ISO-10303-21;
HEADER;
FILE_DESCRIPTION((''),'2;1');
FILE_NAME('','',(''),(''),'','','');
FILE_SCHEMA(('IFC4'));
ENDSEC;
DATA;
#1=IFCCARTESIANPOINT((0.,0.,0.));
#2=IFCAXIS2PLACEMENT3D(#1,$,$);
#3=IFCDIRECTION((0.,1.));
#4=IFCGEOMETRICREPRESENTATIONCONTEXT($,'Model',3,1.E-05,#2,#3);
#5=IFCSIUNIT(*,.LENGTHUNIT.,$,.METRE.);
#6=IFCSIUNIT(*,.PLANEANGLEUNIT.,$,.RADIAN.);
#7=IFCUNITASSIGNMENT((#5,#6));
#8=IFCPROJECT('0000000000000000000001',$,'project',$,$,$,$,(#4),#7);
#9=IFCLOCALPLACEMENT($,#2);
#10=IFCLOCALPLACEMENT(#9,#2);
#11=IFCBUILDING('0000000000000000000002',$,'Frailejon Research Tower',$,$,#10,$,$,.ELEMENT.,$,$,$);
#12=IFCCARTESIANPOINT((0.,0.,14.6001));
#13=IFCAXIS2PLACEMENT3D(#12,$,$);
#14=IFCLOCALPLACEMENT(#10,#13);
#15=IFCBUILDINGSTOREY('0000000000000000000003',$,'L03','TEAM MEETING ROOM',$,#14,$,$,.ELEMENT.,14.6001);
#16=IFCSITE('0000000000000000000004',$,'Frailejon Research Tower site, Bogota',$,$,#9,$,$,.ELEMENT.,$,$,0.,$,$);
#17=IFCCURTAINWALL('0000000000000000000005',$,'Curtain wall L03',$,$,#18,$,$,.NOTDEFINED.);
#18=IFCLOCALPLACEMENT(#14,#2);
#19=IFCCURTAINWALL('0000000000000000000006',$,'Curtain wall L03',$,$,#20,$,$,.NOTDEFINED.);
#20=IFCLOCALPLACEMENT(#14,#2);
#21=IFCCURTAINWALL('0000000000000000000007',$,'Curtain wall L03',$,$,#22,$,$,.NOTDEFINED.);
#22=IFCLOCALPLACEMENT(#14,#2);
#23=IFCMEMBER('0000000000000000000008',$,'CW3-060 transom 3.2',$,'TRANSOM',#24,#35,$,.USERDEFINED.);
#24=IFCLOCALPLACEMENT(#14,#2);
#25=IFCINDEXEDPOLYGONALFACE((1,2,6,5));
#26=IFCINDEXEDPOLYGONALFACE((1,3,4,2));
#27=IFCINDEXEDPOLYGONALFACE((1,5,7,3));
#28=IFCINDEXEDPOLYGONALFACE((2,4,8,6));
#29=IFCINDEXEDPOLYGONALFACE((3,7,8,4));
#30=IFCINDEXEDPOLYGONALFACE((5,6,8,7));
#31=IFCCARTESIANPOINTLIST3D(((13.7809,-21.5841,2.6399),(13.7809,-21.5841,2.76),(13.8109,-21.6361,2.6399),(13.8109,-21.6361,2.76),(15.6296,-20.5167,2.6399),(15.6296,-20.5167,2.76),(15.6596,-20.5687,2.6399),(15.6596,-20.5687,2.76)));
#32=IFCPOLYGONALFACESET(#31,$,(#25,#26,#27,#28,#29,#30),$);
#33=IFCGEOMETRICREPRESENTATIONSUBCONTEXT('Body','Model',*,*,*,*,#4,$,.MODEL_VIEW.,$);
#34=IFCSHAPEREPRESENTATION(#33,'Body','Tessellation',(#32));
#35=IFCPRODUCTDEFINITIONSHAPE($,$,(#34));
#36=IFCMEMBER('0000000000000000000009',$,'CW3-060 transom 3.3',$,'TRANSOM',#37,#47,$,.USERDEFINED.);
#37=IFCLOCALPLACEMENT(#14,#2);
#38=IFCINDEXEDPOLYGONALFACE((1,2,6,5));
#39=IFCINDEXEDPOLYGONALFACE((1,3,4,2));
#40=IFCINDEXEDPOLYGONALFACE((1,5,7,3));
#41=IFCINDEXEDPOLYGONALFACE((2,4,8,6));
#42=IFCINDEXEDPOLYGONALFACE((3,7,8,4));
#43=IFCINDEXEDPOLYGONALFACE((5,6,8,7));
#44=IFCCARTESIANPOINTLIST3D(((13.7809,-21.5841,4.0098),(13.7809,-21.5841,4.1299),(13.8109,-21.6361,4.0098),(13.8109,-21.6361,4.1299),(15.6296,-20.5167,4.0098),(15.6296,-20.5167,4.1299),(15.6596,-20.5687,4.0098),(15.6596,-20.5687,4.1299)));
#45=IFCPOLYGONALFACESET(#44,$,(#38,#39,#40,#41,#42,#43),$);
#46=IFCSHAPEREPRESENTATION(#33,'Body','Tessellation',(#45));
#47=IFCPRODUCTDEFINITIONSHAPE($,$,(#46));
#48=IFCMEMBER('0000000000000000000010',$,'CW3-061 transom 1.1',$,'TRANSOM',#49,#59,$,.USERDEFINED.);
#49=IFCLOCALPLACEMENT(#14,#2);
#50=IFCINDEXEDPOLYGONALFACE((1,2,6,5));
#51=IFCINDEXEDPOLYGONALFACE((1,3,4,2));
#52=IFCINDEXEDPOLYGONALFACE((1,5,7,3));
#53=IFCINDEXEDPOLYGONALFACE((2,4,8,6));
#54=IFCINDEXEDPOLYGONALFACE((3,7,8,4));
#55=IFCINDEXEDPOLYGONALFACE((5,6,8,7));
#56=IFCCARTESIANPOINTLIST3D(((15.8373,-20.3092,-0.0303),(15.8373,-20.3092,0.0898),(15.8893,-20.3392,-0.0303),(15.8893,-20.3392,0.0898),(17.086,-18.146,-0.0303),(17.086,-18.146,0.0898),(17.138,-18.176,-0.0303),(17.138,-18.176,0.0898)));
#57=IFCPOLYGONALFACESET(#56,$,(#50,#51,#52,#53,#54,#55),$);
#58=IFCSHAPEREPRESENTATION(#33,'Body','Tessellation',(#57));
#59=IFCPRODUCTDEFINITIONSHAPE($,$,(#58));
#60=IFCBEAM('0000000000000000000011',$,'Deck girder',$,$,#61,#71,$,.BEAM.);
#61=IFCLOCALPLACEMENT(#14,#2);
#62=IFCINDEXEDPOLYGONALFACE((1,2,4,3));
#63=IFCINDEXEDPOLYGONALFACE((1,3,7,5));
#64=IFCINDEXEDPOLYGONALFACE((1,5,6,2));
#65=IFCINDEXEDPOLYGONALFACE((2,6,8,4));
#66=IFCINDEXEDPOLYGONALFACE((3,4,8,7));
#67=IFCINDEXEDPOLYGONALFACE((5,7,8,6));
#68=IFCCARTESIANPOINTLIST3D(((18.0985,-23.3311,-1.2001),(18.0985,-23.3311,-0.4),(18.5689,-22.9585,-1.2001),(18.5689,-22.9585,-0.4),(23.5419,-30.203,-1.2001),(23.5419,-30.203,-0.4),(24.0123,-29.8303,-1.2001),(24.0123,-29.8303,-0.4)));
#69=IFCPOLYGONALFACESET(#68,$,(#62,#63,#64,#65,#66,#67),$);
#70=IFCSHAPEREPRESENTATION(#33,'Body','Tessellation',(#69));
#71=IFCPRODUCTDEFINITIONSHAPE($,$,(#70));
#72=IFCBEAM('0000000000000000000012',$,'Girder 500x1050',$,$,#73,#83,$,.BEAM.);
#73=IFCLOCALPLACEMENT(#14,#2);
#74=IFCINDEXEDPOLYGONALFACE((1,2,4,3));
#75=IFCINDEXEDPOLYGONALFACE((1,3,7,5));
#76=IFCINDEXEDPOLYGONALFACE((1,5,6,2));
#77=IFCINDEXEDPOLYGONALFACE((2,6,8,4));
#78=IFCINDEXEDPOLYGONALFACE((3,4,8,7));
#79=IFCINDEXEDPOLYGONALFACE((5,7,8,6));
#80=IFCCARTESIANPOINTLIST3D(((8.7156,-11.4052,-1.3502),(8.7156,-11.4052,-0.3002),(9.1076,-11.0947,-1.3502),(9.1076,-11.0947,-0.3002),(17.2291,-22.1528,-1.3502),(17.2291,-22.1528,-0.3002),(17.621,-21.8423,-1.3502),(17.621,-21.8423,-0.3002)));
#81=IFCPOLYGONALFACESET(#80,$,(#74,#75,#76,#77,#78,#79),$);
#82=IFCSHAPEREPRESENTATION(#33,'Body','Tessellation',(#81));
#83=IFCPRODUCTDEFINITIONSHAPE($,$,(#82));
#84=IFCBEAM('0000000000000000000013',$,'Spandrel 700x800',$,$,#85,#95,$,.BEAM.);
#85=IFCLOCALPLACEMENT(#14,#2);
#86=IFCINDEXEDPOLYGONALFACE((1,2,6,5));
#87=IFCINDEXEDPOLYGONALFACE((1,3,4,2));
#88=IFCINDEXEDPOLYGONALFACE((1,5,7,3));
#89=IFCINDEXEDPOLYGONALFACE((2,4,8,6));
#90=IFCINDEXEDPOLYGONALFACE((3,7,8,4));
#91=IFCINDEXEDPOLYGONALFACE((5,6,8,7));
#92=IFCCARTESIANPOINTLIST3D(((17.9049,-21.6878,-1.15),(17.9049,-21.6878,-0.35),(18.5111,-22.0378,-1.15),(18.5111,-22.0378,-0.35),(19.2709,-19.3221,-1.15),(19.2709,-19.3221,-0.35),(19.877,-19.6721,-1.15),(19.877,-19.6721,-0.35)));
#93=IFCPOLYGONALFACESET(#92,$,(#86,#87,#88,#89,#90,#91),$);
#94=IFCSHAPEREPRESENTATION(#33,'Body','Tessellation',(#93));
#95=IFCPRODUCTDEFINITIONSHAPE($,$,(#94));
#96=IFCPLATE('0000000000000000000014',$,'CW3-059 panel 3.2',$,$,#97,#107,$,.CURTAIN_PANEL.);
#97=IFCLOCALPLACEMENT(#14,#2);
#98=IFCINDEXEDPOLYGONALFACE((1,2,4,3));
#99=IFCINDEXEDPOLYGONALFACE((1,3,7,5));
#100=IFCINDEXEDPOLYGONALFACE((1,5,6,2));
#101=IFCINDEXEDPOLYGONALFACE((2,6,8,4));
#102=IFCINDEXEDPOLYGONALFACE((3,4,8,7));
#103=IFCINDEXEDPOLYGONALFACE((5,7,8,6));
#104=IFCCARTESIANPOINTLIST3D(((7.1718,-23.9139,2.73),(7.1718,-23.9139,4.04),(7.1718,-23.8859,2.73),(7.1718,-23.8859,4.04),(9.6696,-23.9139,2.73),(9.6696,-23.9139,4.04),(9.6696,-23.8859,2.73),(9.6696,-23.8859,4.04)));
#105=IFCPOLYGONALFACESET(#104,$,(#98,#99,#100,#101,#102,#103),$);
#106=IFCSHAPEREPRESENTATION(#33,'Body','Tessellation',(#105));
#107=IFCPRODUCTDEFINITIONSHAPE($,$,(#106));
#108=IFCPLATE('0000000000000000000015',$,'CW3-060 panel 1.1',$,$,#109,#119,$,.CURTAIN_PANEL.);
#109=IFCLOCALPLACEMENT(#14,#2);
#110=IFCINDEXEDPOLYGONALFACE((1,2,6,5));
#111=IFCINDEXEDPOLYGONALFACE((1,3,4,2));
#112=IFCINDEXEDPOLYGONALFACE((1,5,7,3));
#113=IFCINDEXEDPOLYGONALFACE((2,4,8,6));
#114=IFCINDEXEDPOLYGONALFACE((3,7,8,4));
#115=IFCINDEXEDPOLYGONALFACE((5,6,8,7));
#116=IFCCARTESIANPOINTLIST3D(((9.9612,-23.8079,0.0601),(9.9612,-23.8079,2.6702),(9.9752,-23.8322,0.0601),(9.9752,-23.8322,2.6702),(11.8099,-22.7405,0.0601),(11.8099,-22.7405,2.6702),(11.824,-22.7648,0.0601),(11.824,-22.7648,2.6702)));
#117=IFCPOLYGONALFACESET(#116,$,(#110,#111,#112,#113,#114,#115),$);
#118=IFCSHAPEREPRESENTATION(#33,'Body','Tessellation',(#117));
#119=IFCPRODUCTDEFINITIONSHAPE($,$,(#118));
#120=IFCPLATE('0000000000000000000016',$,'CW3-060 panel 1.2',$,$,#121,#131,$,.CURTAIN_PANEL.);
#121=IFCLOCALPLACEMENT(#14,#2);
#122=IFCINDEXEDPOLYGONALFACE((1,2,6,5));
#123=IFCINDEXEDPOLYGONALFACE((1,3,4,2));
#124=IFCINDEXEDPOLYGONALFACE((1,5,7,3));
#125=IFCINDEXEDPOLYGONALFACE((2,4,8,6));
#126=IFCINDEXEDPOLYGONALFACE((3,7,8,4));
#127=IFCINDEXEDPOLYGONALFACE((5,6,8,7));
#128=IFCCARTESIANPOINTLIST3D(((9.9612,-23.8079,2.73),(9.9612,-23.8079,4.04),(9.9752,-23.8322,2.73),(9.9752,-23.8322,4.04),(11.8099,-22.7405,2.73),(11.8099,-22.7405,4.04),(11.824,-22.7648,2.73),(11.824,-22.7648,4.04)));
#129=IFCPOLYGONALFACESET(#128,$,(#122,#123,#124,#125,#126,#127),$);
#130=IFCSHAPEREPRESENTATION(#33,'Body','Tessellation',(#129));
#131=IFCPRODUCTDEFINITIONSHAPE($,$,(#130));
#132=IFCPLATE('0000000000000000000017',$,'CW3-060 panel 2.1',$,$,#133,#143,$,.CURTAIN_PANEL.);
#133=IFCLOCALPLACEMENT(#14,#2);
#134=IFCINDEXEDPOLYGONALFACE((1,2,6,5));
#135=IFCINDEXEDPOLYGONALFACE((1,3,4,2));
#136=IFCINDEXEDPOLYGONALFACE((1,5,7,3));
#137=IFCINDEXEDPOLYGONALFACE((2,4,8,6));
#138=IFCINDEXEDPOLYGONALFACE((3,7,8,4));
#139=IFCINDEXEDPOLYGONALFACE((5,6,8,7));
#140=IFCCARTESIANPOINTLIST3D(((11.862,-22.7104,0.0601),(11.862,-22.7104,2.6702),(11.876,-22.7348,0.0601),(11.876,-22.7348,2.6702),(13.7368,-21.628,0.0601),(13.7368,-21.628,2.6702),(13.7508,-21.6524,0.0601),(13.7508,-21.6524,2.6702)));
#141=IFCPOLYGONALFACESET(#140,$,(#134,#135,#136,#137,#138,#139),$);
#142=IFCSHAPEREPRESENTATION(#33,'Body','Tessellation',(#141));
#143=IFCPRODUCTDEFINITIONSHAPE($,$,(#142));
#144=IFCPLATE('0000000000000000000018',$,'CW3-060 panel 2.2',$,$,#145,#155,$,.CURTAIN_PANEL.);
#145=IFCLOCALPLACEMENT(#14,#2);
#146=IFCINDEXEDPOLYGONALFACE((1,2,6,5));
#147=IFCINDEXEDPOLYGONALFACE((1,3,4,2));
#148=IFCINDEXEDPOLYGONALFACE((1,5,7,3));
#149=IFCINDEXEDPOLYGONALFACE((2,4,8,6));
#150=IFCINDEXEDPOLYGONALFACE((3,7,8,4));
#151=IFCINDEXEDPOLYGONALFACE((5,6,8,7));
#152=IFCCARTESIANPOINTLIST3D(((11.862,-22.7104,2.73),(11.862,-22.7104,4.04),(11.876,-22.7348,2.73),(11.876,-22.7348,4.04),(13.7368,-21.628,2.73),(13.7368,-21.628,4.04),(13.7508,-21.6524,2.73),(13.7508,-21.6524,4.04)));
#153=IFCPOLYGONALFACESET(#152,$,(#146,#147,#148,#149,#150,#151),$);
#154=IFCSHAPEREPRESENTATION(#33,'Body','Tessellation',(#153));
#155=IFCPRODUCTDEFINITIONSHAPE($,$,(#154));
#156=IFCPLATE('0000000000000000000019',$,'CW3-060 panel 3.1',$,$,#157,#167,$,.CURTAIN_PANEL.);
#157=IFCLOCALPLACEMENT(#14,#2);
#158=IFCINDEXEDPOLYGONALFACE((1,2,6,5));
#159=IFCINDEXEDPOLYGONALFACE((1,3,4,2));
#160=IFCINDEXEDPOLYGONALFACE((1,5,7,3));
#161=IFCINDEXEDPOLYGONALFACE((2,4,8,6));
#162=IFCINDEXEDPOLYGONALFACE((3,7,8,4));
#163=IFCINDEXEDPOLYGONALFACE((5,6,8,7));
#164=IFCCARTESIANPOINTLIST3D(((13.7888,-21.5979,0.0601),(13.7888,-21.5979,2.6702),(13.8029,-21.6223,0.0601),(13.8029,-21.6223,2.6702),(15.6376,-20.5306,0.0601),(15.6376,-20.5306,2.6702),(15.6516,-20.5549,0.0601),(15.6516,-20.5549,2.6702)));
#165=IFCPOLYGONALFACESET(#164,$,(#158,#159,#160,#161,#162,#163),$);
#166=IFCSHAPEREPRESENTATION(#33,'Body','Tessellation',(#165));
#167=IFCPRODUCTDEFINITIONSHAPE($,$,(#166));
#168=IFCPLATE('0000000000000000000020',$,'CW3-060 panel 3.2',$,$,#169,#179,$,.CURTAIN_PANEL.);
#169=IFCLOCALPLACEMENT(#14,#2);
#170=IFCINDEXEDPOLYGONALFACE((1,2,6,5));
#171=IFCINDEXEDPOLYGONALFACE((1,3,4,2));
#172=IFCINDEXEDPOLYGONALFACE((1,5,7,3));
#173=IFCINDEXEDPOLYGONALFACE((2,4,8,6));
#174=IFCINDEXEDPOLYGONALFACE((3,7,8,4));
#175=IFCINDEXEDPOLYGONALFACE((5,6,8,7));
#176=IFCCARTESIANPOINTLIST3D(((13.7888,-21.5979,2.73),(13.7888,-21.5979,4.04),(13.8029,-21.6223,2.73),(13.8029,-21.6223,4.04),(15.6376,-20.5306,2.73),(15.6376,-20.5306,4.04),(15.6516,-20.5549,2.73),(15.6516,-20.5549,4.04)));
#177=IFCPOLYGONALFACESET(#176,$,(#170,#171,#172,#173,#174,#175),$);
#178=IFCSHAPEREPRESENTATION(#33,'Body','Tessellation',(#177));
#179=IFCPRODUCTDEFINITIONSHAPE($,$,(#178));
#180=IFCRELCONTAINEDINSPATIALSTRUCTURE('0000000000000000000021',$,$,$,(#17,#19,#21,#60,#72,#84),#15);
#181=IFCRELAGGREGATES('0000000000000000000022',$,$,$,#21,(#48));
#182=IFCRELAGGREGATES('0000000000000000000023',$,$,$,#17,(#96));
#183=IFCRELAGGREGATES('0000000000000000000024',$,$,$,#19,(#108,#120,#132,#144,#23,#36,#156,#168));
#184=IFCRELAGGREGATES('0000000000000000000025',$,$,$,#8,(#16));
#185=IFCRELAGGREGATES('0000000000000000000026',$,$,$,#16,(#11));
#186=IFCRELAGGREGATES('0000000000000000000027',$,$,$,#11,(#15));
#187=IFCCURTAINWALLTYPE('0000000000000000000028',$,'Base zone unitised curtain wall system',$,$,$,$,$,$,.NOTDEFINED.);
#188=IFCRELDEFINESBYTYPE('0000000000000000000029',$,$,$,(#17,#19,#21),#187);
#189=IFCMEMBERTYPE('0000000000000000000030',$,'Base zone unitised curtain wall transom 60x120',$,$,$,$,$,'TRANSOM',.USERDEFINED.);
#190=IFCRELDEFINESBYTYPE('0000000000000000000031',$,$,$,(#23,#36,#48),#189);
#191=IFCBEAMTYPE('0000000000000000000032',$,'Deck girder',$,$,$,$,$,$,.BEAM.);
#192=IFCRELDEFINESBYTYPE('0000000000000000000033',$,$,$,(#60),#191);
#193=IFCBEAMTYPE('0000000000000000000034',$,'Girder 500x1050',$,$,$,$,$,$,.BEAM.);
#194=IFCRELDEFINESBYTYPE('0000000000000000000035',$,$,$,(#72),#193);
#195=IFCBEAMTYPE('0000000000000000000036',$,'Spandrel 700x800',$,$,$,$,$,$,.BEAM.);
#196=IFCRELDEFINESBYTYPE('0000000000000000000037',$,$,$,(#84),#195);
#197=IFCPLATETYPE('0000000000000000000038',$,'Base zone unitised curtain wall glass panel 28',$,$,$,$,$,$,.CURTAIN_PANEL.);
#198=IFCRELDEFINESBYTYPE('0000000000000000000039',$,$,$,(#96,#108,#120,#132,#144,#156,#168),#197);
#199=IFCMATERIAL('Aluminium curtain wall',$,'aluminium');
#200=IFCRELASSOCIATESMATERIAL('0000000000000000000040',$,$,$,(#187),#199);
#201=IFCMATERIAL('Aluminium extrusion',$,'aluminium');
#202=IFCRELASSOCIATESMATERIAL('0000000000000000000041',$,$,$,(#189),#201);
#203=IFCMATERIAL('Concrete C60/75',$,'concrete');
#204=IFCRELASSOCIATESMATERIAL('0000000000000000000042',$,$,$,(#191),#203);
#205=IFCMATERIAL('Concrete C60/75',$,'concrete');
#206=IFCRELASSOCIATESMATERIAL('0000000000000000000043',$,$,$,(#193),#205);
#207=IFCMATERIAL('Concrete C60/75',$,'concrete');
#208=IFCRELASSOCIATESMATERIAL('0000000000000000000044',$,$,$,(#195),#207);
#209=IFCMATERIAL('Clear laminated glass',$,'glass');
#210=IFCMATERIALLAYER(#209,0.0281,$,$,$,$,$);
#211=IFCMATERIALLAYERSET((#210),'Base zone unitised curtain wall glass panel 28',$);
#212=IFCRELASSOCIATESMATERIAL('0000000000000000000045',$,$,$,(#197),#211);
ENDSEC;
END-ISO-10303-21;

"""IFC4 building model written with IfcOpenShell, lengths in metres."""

from ifc_helpers import new_model, si_unit, direction, frame, origin, origin_2d, place, context, subcontext, project, spatial, rectangle, extrude, material, layer, layer_set, material_profile, profile_set, type_object, element, aggregate, save


model = new_model("IFC4")

# Units and contexts
model_context = context("Model", 3, precision=1e-05, world=origin(), true_north=direction((0.0, 1.0)))
body_context = subcontext(model_context, "Body", "Model", "MODEL_VIEW")
ifc_project = project(units=[si_unit("LENGTHUNIT", "METRE"), si_unit("PLANEANGLEUNIT", "RADIAN")], contexts=[model_context])

# Site, building, storey
site_placement = place(None, origin())
site = spatial("IfcSite", under=ifc_project, at=site_placement, Name="Frailejon Research Tower site, Bogota", CompositionType="ELEMENT", RefElevation=0.0)
building_placement = place(site_placement, origin())
building = spatial("IfcBuilding", under=site, at=building_placement, Name="Frailejon Research Tower", CompositionType="ELEMENT")
storey_placement = place(building_placement, frame((0.0, 0.0, 14.6001)))
storey = spatial("IfcBuildingStorey", under=building, at=storey_placement, Name="L03", Description="TEAM MEETING ROOM", CompositionType="ELEMENT", Elevation=14.6001)

# Curtain wall
ifc_material_1 = material(Name="Aluminium curtain wall", Category="aluminium")
curtain_wall_type = type_object("IfcCurtainWallType", Name="Base zone unitised curtain wall system", PredefinedType="NOTDEFINED", material=ifc_material_1)
curtain_wall_1_placement = place(storey_placement, origin())
curtain_wall_1 = element("IfcCurtainWall", 1, at=curtain_wall_1_placement, inside=storey, type_object=curtain_wall_type, Name="Curtain wall L03", PredefinedType="NOTDEFINED")

# Curtain wall
curtain_wall_2_placement = place(storey_placement, origin())
curtain_wall_2 = element("IfcCurtainWall", 2, at=curtain_wall_2_placement, inside=storey, type_object=curtain_wall_type, Name="Curtain wall L03", PredefinedType="NOTDEFINED")

# Curtain wall
curtain_wall_3_placement = place(storey_placement, origin())
curtain_wall_3 = element("IfcCurtainWall", 3, at=curtain_wall_3_placement, inside=storey, type_object=curtain_wall_type, Name="Curtain wall L03", PredefinedType="NOTDEFINED")

# Members
ifc_material_2 = material(Name="Aluminium extrusion", Category="aluminium")
ifc_material_profile_1 = material_profile(ifc_material_2, rectangle(XDim=0.0601, YDim=0.1201, at=origin_2d()), Name="Base zone unitised curtain wall transom 60x120")
ifc_profile_set_1 = profile_set([ifc_material_profile_1], Name="Aluminium extrusion")
member_type_1 = type_object("IfcMemberType", Name="Base zone unitised curtain wall transom 60x120", ElementType="TRANSOM", PredefinedType="USERDEFINED", material=ifc_profile_set_1)
member_1_placement = place(storey_placement, frame((13.7959, -21.6101, 2.7), z_axis=(0.86601, 0.500026, 0.0), x_axis=(-0.500026, 0.86601, 0.0)))
member_1 = element("IfcMember", 4, at=member_1_placement, type_object=member_type_1, Name="CW3-060 transom 3.2", ObjectType="TRANSOM", PredefinedType="USERDEFINED", context=body_context, shape_type="SweptSolid", body=[
    extrude(rectangle(XDim=0.0601, YDim=0.1201, at=origin_2d()), origin(), (0.0, 0.0, 1.0), 2.1348),
])
member_2_placement = place(storey_placement, frame((13.7959, -21.6101, 4.0698), z_axis=(0.86601, 0.500026, 0.0), x_axis=(-0.500026, 0.86601, 0.0)))
member_2 = element("IfcMember", 5, at=member_2_placement, type_object=member_type_1, Name="CW3-060 transom 3.3", ObjectType="TRANSOM", PredefinedType="USERDEFINED", context=body_context, shape_type="SweptSolid", body=[
    extrude(rectangle(XDim=0.0601, YDim=0.1201, at=origin_2d()), origin(), (0.0, 0.0, 1.0), 2.1348),
])
member_3_placement = place(storey_placement, frame((15.8633, -20.3242, 0.0298), z_axis=(0.499934, 0.866064, 0.0), x_axis=(-0.866064, 0.499934, 0.0)))
member_3 = element("IfcMember", 6, at=member_3_placement, type_object=member_type_1, Name="CW3-061 transom 1.1", ObjectType="TRANSOM", PredefinedType="USERDEFINED", context=body_context, shape_type="SweptSolid", body=[
    extrude(rectangle(XDim=0.0601, YDim=0.1201, at=origin_2d()), origin(), (0.0, 0.0, 1.0), 2.4978),
])
aggregate(curtain_wall_3, [member_3])

# Beams
ifc_material_3 = material(Name="Concrete C60/75", Category="concrete")
ifc_material_profile_2 = material_profile(ifc_material_3, rectangle(XDim=0.6001, YDim=0.8, at=origin_2d()), Name="Deck girder")
ifc_profile_set_2 = profile_set([ifc_material_profile_2], Name="Concrete C60/75")
beam_type_1 = type_object("IfcBeamType", Name="Deck girder", PredefinedType="BEAM", material=ifc_profile_set_2)
beam_1_placement = place(storey_placement, frame((18.3337, -23.1448, -0.8), z_axis=(0.620925, -0.78387, 0.0), x_axis=(0.78387, 0.620925, 0.0)))
element("IfcBeam", 7, at=beam_1_placement, inside=storey, type_object=beam_type_1, Name="Deck girder", PredefinedType="BEAM", context=body_context, shape_type="SweptSolid", body=[
    extrude(rectangle(XDim=0.6001, YDim=0.8, at=origin_2d()), origin(), (0.0, 0.0, 1.0), 8.7666),
])
ifc_material_4 = material(Name="Concrete C60/75", Category="concrete")
ifc_material_profile_3 = material_profile(ifc_material_4, rectangle(XDim=0.5, YDim=1.05, at=origin_2d()), Name="Girder 500x1050")
ifc_profile_set_3 = profile_set([ifc_material_profile_3], Name="Concrete C60/75")
beam_type_2 = type_object("IfcBeamType", Name="Girder 500x1050", PredefinedType="BEAM", material=ifc_profile_set_3)
beam_2_placement = place(storey_placement, frame((17.425, -21.9976, -0.8252), z_axis=(-0.620925, 0.78387, 0.0), x_axis=(-0.78387, -0.620925, 0.0)))
element("IfcBeam", 8, at=beam_2_placement, inside=storey, type_object=beam_type_2, Name="Girder 500x1050", PredefinedType="BEAM", context=body_context, shape_type="SweptSolid", body=[
    extrude(rectangle(XDim=0.5, YDim=1.05, at=origin_2d()), origin(), (0.0, 0.0, 1.0), 13.7109),
])
ifc_material_5 = material(Name="Concrete C60/75", Category="concrete")
ifc_material_profile_4 = material_profile(ifc_material_5, rectangle(XDim=0.7, YDim=0.8, at=origin_2d()), Name="Spandrel 700x800")
ifc_profile_set_4 = profile_set([ifc_material_profile_4], Name="Concrete C60/75")
beam_type_3 = type_object("IfcBeamType", Name="Spandrel 700x800", PredefinedType="BEAM", material=ifc_profile_set_4)
beam_3_placement = place(storey_placement, frame((18.208, -21.8628, -0.75), z_axis=(0.500032, 0.866007, 0.0), x_axis=(-0.866007, 0.500032, 0.0)))
element("IfcBeam", 9, at=beam_3_placement, inside=storey, type_object=beam_type_3, Name="Spandrel 700x800", PredefinedType="BEAM", context=body_context, shape_type="SweptSolid", body=[
    extrude(rectangle(XDim=0.7, YDim=0.8, at=origin_2d()), origin(), (0.0, 0.0, 1.0), 2.7317),
])

# Plates
ifc_material_6 = material(Name="Clear laminated glass", Category="glass")
ifc_layer = layer(ifc_material_6, 0.0281)
ifc_layer_set = layer_set([ifc_layer], Name="Base zone unitised curtain wall glass panel 28")
plate_type = type_object("IfcPlateType", Name="Base zone unitised curtain wall glass panel 28", PredefinedType="CURTAIN_PANEL", material=ifc_layer_set)
plate_1_placement = place(storey_placement, frame((8.4207, -23.8999, 2.73), z_axis=(0.0, 0.0, 1.0), x_axis=(1.0, 0.0, 0.0)))
plate_1 = element("IfcPlate", 10, at=plate_1_placement, type_object=plate_type, Name="CW3-059 panel 3.2", PredefinedType="CURTAIN_PANEL", context=body_context, shape_type="SweptSolid", body=[
    extrude(rectangle(XDim=2.4978, YDim=0.0281, at=origin_2d()), origin(), (0.0, 0.0, 1.0), 1.3101),
])
aggregate(curtain_wall_1, [plate_1])
plate_2_placement = place(storey_placement, frame((10.8926, -23.2864, 0.0601), z_axis=(0.0, 0.0, 1.0), x_axis=(0.866026, 0.499998, 0.0)))
plate_2 = element("IfcPlate", 11, at=plate_2_placement, type_object=plate_type, Name="CW3-060 panel 1.1", PredefinedType="CURTAIN_PANEL", context=body_context, shape_type="SweptSolid", body=[
    extrude(rectangle(XDim=2.1348, YDim=0.0281, at=origin_2d()), origin(), (0.0, 0.0, 1.0), 2.6101),
])
plate_3_placement = place(storey_placement, frame((10.8926, -23.2864, 2.73), z_axis=(0.0, 0.0, 1.0), x_axis=(0.866026, 0.499998, 0.0)))
plate_3 = element("IfcPlate", 12, at=plate_3_placement, type_object=plate_type, Name="CW3-060 panel 1.2", PredefinedType="CURTAIN_PANEL", context=body_context, shape_type="SweptSolid", body=[
    extrude(rectangle(XDim=2.1348, YDim=0.0281, at=origin_2d()), origin(), (0.0, 0.0, 1.0), 1.3101),
])
plate_4_placement = place(storey_placement, frame((12.8064, -22.1814, 0.0601), z_axis=(0.0, 0.0, 1.0), x_axis=(0.866026, 0.499998, 0.0)))
plate_4 = element("IfcPlate", 13, at=plate_4_placement, type_object=plate_type, Name="CW3-060 panel 2.1", PredefinedType="CURTAIN_PANEL", context=body_context, shape_type="SweptSolid", body=[
    extrude(rectangle(XDim=2.1648, YDim=0.0281, at=origin_2d()), origin(), (0.0, 0.0, 1.0), 2.6101),
])
plate_5_placement = place(storey_placement, frame((12.8064, -22.1814, 2.73), z_axis=(0.0, 0.0, 1.0), x_axis=(0.866026, 0.499998, 0.0)))
plate_5 = element("IfcPlate", 14, at=plate_5_placement, type_object=plate_type, Name="CW3-060 panel 2.2", PredefinedType="CURTAIN_PANEL", context=body_context, shape_type="SweptSolid", body=[
    extrude(rectangle(XDim=2.1648, YDim=0.0281, at=origin_2d()), origin(), (0.0, 0.0, 1.0), 1.3101),
])
plate_6_placement = place(storey_placement, frame((14.7202, -21.0764, 0.0601), z_axis=(0.0, 0.0, 1.0), x_axis=(0.866026, 0.499998, 0.0)))
plate_6 = element("IfcPlate", 15, at=plate_6_placement, type_object=plate_type, Name="CW3-060 panel 3.1", PredefinedType="CURTAIN_PANEL", context=body_context, shape_type="SweptSolid", body=[
    extrude(rectangle(XDim=2.1348, YDim=0.0281, at=origin_2d()), origin(), (0.0, 0.0, 1.0), 2.6101),
])
plate_7_placement = place(storey_placement, frame((14.7202, -21.0764, 2.73), z_axis=(0.0, 0.0, 1.0), x_axis=(0.866026, 0.499998, 0.0)))
plate_7 = element("IfcPlate", 16, at=plate_7_placement, type_object=plate_type, Name="CW3-060 panel 3.2", PredefinedType="CURTAIN_PANEL", context=body_context, shape_type="SweptSolid", body=[
    extrude(rectangle(XDim=2.1348, YDim=0.0281, at=origin_2d()), origin(), (0.0, 0.0, 1.0), 1.3101),
])
aggregate(curtain_wall_2, [plate_2, plate_3, plate_4, plate_5, member_1, member_2, plate_6, plate_7])

save(model, "model.ifc")
